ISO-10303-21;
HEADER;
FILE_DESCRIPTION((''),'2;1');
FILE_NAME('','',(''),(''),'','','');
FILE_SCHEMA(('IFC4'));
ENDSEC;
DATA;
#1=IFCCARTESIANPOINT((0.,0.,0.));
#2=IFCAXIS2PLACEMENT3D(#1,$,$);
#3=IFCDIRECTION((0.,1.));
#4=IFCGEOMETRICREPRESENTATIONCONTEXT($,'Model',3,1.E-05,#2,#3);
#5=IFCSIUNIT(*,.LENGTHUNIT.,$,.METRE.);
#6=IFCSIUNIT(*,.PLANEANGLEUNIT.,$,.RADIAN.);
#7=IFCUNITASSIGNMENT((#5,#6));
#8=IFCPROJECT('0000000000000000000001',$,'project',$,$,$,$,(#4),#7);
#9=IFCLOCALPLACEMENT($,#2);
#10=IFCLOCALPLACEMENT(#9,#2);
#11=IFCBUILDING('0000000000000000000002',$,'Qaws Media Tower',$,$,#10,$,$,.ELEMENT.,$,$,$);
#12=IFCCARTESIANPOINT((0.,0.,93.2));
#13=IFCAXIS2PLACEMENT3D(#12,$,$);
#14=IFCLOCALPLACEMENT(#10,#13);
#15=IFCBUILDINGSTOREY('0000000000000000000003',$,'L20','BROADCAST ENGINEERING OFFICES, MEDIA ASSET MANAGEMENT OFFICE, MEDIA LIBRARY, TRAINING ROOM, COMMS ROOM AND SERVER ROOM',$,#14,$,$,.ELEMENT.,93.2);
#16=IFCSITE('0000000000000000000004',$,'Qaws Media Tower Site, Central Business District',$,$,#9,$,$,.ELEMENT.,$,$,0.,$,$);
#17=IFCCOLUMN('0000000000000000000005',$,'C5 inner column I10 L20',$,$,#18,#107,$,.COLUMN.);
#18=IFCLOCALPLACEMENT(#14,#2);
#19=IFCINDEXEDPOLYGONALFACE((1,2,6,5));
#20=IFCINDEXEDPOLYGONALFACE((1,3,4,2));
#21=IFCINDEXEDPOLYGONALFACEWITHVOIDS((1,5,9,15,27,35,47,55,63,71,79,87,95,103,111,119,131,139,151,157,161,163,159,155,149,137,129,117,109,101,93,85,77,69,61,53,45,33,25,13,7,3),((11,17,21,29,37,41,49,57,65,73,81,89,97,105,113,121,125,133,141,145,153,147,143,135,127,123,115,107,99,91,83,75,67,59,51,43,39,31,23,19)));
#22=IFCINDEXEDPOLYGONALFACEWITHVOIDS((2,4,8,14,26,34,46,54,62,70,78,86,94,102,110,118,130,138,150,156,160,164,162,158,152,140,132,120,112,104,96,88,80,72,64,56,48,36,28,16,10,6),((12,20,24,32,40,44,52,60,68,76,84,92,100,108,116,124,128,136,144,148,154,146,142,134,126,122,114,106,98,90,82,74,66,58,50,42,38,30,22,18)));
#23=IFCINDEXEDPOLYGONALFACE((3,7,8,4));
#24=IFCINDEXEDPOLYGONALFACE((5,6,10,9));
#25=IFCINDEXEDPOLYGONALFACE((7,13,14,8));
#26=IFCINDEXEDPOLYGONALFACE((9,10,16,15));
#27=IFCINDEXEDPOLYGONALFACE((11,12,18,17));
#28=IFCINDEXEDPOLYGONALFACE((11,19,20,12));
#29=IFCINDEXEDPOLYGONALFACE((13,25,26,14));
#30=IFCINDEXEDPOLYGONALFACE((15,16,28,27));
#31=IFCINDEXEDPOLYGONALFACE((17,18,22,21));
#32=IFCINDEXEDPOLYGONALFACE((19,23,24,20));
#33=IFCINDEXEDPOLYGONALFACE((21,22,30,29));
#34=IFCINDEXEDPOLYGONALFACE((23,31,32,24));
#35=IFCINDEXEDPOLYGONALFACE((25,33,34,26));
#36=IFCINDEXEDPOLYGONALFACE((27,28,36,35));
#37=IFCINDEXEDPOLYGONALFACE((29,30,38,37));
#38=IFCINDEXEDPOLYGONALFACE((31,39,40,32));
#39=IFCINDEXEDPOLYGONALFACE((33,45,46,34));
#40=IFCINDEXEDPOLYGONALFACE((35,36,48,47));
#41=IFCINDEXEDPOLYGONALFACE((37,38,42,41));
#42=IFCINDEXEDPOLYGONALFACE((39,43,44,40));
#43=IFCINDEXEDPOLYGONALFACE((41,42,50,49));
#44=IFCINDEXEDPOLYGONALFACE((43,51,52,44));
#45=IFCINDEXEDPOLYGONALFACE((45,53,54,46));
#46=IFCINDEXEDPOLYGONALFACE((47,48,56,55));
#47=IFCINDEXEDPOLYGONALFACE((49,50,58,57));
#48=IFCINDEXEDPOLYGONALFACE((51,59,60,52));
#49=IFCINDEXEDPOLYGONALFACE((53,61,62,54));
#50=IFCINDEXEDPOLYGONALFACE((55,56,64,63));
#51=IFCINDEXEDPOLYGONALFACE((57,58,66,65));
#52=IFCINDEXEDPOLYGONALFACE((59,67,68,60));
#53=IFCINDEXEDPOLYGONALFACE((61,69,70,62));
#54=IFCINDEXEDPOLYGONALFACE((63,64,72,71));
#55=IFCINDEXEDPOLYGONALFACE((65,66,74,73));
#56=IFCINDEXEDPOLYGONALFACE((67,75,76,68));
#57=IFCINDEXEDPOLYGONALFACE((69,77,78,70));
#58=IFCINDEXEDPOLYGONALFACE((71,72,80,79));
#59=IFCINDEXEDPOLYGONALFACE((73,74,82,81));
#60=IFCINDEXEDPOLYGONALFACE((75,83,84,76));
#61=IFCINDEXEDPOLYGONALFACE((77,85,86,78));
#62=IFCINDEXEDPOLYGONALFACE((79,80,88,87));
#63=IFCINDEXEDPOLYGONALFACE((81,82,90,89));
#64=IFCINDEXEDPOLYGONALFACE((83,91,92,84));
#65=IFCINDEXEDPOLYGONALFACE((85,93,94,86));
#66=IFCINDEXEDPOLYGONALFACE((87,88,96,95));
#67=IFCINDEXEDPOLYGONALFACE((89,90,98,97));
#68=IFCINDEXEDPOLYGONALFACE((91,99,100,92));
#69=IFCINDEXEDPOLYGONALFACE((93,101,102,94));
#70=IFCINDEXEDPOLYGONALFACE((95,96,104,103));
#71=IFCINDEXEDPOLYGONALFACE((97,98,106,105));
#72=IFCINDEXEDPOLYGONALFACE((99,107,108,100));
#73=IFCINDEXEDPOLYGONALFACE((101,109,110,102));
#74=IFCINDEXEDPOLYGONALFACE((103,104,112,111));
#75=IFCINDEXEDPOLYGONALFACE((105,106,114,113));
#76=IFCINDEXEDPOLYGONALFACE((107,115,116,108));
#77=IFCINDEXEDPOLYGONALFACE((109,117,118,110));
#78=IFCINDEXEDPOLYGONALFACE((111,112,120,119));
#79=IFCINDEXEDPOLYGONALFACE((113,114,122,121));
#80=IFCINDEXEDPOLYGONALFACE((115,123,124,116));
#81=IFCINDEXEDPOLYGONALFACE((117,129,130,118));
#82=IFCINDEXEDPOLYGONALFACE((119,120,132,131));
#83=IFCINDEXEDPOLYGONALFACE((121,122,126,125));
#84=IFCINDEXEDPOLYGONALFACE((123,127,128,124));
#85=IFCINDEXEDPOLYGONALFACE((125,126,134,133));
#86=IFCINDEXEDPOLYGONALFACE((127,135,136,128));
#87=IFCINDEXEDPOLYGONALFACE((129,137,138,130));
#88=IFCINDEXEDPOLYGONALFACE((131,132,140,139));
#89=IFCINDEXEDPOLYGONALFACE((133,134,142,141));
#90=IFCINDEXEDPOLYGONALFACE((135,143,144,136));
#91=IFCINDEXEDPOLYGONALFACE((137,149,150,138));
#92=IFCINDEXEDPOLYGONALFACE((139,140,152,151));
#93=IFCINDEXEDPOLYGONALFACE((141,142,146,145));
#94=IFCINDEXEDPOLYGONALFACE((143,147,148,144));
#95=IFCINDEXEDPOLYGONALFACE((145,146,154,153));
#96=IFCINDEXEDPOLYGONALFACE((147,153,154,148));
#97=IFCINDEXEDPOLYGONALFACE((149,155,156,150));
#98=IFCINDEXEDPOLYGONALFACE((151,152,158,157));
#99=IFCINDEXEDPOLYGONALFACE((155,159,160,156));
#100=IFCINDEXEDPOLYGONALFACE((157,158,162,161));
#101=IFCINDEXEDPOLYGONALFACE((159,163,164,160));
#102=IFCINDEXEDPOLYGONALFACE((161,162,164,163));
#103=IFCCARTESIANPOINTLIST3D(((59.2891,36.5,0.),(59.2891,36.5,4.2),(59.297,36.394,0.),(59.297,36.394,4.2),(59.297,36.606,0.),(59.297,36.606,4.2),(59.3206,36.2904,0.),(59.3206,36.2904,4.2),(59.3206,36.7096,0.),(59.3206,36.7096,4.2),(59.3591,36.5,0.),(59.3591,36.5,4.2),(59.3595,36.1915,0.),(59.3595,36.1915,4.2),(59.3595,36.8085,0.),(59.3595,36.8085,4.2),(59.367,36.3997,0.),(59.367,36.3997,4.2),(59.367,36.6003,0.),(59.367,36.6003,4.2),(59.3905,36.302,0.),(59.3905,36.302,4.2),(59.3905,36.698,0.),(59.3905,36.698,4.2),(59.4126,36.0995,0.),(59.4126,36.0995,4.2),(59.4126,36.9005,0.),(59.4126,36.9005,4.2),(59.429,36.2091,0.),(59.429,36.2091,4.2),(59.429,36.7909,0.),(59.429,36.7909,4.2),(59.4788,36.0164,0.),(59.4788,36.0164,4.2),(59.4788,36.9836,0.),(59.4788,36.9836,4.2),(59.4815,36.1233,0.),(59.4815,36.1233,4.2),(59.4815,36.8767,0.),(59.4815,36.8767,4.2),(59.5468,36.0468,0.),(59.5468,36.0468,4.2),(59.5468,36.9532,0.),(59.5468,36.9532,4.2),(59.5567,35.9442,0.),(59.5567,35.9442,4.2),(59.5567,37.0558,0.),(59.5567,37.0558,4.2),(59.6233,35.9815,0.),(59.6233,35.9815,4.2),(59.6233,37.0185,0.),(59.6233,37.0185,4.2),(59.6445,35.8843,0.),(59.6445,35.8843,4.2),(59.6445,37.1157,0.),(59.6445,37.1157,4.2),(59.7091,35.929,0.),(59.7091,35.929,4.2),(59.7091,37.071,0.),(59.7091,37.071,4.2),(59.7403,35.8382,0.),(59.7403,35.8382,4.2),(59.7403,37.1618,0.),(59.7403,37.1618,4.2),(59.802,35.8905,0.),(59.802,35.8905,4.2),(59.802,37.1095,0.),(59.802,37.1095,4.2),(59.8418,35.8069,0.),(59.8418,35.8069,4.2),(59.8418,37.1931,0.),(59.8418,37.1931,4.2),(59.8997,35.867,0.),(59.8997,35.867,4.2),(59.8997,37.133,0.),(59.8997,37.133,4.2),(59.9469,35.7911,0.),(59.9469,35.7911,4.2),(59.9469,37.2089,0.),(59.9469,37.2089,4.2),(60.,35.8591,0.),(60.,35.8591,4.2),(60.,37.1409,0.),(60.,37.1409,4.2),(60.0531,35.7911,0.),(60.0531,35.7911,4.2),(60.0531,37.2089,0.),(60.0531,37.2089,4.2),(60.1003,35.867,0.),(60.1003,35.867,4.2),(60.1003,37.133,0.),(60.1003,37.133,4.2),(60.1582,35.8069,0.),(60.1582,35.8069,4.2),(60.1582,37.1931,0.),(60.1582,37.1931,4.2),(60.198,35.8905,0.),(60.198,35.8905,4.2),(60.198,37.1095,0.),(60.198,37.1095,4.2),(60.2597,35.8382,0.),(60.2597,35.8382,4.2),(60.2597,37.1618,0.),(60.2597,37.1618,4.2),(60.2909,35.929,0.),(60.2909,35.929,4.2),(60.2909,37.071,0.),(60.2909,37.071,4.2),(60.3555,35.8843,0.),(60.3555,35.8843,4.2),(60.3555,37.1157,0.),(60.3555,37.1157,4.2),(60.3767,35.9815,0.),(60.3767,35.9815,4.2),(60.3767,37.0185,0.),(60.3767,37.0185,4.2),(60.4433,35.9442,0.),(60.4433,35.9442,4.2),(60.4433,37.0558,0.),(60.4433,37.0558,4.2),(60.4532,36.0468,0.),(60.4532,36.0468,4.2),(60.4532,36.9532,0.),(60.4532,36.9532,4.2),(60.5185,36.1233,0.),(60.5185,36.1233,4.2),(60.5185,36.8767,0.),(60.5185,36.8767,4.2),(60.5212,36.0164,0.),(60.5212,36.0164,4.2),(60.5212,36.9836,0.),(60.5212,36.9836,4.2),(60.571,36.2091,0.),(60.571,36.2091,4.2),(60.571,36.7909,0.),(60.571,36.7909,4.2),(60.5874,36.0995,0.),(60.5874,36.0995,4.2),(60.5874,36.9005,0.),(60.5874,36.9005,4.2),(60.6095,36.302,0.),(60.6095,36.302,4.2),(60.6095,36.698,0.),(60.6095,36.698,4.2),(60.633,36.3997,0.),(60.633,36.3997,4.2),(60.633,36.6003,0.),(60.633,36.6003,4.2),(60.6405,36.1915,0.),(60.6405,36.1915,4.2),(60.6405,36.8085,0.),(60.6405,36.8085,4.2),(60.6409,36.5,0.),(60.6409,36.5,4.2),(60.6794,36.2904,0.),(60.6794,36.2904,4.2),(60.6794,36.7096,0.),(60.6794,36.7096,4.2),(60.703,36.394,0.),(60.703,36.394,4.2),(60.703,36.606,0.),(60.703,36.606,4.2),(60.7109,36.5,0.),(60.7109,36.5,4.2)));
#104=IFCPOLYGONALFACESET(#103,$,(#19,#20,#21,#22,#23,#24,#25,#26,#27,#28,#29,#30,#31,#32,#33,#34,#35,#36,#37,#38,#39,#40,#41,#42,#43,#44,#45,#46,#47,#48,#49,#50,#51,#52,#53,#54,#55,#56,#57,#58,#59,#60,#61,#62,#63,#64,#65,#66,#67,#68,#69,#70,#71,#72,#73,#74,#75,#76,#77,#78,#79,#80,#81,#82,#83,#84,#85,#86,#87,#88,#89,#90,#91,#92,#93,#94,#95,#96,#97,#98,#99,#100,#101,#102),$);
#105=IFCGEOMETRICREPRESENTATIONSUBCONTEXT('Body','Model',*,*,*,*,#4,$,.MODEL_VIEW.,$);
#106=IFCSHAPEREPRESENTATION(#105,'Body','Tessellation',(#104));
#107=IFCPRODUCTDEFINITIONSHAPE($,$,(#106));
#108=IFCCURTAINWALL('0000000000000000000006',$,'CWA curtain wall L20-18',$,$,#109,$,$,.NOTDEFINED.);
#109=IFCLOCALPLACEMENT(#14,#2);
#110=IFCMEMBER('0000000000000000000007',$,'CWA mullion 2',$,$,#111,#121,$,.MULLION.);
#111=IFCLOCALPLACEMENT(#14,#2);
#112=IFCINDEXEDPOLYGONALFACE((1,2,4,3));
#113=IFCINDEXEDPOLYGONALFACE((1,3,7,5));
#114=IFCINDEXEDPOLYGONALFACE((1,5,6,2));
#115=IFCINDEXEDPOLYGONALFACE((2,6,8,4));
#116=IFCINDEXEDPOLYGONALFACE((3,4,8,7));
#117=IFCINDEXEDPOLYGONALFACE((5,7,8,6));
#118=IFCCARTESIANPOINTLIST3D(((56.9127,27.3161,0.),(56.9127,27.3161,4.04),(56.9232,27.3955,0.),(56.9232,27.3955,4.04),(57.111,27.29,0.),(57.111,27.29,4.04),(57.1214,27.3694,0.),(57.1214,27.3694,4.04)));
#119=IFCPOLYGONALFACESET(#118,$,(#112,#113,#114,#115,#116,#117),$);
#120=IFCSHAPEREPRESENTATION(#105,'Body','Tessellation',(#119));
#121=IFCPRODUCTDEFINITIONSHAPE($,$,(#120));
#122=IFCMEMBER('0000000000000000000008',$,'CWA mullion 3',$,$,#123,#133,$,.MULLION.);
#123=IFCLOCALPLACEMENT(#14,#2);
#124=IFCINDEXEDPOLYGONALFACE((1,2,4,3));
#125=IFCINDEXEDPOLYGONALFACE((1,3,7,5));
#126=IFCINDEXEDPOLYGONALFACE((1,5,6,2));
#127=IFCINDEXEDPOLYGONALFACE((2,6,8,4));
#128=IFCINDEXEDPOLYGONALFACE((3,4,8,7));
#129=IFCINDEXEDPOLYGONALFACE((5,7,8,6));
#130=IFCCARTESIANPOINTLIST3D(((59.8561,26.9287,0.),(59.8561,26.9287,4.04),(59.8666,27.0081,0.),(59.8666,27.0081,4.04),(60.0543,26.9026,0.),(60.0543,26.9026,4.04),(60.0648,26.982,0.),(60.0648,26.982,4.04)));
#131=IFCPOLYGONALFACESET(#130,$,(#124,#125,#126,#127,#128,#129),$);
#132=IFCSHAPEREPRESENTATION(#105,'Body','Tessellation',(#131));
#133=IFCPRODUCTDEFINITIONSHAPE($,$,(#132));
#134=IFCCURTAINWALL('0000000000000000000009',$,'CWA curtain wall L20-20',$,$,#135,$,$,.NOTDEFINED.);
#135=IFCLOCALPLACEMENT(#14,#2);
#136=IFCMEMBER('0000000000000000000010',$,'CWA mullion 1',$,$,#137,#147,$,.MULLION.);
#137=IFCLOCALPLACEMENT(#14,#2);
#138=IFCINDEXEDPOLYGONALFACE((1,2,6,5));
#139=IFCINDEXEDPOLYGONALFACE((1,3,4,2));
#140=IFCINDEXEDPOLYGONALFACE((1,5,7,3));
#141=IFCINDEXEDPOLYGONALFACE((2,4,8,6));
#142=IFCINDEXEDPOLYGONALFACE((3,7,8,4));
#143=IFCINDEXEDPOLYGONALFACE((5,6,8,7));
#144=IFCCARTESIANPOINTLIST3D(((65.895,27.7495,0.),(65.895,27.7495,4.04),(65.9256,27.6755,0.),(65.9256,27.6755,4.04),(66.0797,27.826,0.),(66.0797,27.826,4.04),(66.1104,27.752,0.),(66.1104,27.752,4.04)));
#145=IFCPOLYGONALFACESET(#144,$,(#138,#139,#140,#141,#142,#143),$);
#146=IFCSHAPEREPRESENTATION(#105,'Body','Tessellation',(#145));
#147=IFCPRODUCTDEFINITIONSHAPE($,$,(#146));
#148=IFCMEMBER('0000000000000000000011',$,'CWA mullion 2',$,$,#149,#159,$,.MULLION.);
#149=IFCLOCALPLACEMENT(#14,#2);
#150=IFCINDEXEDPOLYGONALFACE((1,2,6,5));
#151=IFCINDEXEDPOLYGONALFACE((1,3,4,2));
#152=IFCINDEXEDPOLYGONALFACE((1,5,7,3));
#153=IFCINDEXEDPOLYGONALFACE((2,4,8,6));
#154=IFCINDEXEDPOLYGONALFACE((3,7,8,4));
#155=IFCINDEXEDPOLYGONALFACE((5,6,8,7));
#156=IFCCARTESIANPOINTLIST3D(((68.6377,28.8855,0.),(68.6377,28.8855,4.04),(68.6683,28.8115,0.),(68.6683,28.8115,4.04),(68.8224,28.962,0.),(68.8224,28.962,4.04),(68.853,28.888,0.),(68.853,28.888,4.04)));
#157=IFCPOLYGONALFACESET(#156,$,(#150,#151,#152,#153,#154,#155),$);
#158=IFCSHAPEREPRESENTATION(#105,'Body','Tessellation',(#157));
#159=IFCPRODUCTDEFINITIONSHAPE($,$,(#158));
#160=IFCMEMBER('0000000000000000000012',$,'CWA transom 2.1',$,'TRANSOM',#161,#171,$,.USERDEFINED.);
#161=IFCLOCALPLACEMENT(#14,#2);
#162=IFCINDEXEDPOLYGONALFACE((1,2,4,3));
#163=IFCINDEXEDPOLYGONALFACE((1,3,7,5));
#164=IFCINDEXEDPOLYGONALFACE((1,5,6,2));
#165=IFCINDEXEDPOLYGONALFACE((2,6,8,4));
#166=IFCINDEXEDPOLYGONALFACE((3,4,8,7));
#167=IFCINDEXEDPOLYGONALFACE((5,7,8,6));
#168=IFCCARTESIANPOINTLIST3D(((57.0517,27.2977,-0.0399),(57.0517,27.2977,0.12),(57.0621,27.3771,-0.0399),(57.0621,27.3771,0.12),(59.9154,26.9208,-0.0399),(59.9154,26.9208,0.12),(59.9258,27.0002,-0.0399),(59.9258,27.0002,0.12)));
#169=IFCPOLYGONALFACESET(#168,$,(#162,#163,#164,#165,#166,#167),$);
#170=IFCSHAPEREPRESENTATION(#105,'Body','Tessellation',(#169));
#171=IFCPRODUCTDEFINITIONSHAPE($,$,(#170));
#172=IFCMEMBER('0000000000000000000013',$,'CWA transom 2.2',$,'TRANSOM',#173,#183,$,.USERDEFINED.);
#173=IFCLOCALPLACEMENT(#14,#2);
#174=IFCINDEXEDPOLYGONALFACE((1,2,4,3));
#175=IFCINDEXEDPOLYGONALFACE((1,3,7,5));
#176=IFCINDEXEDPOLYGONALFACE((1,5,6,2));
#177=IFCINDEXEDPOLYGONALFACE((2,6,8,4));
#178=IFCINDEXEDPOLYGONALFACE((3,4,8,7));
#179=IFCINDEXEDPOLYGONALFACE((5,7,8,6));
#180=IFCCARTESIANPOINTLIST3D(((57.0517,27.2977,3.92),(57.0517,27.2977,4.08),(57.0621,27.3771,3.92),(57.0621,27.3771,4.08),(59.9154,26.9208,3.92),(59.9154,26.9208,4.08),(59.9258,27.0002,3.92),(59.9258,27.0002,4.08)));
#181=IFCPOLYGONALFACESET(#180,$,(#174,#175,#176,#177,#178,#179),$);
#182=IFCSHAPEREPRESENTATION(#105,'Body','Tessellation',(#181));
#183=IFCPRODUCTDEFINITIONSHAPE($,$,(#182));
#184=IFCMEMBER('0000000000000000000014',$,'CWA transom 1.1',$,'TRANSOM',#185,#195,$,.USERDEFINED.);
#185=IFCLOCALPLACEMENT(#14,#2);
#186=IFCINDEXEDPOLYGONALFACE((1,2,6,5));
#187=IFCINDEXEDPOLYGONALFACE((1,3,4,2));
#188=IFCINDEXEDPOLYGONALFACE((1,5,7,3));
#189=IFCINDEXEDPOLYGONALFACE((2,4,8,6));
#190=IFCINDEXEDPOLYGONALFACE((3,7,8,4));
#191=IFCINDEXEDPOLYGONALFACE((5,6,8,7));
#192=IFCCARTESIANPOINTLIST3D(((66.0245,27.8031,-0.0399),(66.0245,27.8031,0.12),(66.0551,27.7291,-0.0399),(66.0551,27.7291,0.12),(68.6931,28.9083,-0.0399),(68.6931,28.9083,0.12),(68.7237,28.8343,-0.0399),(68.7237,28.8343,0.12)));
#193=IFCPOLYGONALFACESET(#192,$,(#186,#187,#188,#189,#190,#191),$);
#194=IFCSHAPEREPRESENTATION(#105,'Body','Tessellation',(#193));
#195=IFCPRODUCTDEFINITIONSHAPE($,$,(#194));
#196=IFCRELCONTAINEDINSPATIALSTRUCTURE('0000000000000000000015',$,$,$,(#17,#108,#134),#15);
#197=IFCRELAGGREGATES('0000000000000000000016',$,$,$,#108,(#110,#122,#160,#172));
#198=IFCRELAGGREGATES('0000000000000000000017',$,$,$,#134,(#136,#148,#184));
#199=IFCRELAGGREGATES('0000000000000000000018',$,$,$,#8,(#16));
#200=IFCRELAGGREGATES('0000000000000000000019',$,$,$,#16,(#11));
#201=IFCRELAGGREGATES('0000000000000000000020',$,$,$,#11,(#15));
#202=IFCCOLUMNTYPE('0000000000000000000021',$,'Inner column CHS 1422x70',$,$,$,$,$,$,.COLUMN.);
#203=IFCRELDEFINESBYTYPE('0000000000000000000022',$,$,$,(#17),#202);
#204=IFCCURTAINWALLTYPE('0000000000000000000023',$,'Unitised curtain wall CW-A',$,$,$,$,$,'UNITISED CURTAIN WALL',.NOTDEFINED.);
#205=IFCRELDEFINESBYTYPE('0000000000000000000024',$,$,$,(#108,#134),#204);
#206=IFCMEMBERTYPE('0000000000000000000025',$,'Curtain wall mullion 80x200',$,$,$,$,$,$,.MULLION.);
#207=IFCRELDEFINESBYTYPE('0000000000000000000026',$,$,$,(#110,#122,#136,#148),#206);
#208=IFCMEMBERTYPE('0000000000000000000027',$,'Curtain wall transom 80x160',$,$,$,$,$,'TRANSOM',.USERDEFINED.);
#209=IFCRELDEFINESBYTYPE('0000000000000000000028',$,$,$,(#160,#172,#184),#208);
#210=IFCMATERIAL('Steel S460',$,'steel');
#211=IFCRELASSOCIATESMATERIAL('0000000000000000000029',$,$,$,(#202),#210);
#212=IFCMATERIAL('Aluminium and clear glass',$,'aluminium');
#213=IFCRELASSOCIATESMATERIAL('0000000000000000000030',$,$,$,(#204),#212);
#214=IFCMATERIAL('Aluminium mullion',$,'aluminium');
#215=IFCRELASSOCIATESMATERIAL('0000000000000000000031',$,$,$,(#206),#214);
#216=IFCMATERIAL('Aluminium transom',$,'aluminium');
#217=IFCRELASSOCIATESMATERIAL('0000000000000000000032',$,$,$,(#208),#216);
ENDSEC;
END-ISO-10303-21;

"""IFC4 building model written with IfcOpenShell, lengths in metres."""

from ifc_helpers import new_model, si_unit, direction, frame, origin, origin_2d, place, context, subcontext, project, spatial, rectangle, hollow_circle, extrude, material, material_profile, profile_set, type_object, element, aggregate, save


model = new_model("IFC4")

# Units and contexts
model_context = context("Model", 3, precision=1e-05, world=origin(), true_north=direction((0.0, 1.0)))
body_context = subcontext(model_context, "Body", "Model", "MODEL_VIEW")
ifc_project = project(units=[si_unit("LENGTHUNIT", "METRE"), si_unit("PLANEANGLEUNIT", "RADIAN")], contexts=[model_context])

# Site, building, storey
site_placement = place(None, origin())
site = spatial("IfcSite", under=ifc_project, at=site_placement, Name="Qaws Media Tower Site, Central Business District", CompositionType="ELEMENT", RefElevation=0.0)
building_placement = place(site_placement, origin())
building = spatial("IfcBuilding", under=site, at=building_placement, Name="Qaws Media Tower", CompositionType="ELEMENT")
storey_placement = place(building_placement, frame((0.0, 0.0, 93.2)))
storey = spatial("IfcBuildingStorey", under=building, at=storey_placement, Name="L20", Description="BROADCAST ENGINEERING OFFICES, MEDIA ASSET MANAGEMENT OFFICE, MEDIA LIBRARY, TRAINING ROOM, COMMS ROOM AND SERVER ROOM", CompositionType="ELEMENT", Elevation=93.2)

# Column
ifc_material_1 = material(Name="Steel S460", Category="steel")
ifc_material_profile_1 = material_profile(ifc_material_1, hollow_circle(Radius=0.7109, WallThickness=0.0701, at=origin_2d()), Name="CHS 1422x70")
ifc_profile_set_1 = profile_set([ifc_material_profile_1], Name="Steel S460")
column_type = type_object("IfcColumnType", Name="Inner column CHS 1422x70", PredefinedType="COLUMN", material=ifc_profile_set_1)
column_placement = place(storey_placement, frame((60.0, 36.5, 0.0), z_axis=(0.0, 0.0, 1.0), x_axis=(1.0, 0.0, 0.0)))
element("IfcColumn", 1, at=column_placement, inside=storey, type_object=column_type, Name="C5 inner column I10 L20", PredefinedType="COLUMN", context=body_context, shape_type="SweptSolid", body=[
    extrude(hollow_circle(Radius=0.7109, WallThickness=0.0701, at=origin_2d()), origin(), (0.0, 0.0, 1.0), 4.2),
])

# Curtain walls, members
ifc_material_2 = material(Name="Aluminium and clear glass", Category="aluminium")
curtain_wall_type = type_object("IfcCurtainWallType", Name="Unitised curtain wall CW-A", ElementType="UNITISED CURTAIN WALL", PredefinedType="NOTDEFINED", material=ifc_material_2)
curtain_wall_1_placement = place(storey_placement, origin())
curtain_wall_1 = element("IfcCurtainWall", 2, at=curtain_wall_1_placement, inside=storey, type_object=curtain_wall_type, Name="CWA curtain wall L20-18", PredefinedType="NOTDEFINED")
ifc_material_3 = material(Name="Aluminium mullion", Category="aluminium")
ifc_material_profile_2 = material_profile(ifc_material_3, rectangle(XDim=0.0801, YDim=0.2, at=origin_2d()), Name="80x200")
ifc_profile_set_2 = profile_set([ifc_material_profile_2], Name="Aluminium mullion")
member_type_1 = type_object("IfcMemberType", Name="Curtain wall mullion 80x200", PredefinedType="MULLION", material=ifc_profile_set_2)
member_1_placement = place(storey_placement, frame((57.0171, 27.3428, 0.0), z_axis=(0.0, 0.0, 1.0), x_axis=(0.130526, 0.991445, 0.0)))
member_1 = element("IfcMember", 3, at=member_1_placement, type_object=member_type_1, Name="CWA mullion 2", PredefinedType="MULLION", context=body_context, shape_type="SweptSolid", body=[
    extrude(rectangle(XDim=0.0801, YDim=0.2, at=origin_2d()), origin(), (0.0, 0.0, 1.0), 4.04),
])
member_2_placement = place(storey_placement, frame((59.9604, 26.9553, 0.0), z_axis=(0.0, 0.0, 1.0), x_axis=(0.130526, 0.991445, 0.0)))
member_2 = element("IfcMember", 4, at=member_2_placement, type_object=member_type_1, Name="CWA mullion 3", PredefinedType="MULLION", context=body_context, shape_type="SweptSolid", body=[
    extrude(rectangle(XDim=0.0801, YDim=0.2, at=origin_2d()), origin(), (0.0, 0.0, 1.0), 4.04),
])
curtain_wall_2_placement = place(storey_placement, origin())
curtain_wall_2 = element("IfcCurtainWall", 5, at=curtain_wall_2_placement, inside=storey, type_object=curtain_wall_type, Name="CWA curtain wall L20-20", PredefinedType="NOTDEFINED")
member_3_placement = place(storey_placement, frame((66.0027, 27.7507, 0.0), z_axis=(0.0, 0.0, 1.0), x_axis=(-0.382683, 0.92388, 0.0)))
member_3 = element("IfcMember", 6, at=member_3_placement, type_object=member_type_1, Name="CWA mullion 1", PredefinedType="MULLION", context=body_context, shape_type="SweptSolid", body=[
    extrude(rectangle(XDim=0.0801, YDim=0.2, at=origin_2d()), origin(), (0.0, 0.0, 1.0), 4.04),
])
member_4_placement = place(storey_placement, frame((68.7454, 28.8867, 0.0), z_axis=(0.0, 0.0, 1.0), x_axis=(-0.382683, 0.92388, 0.0)))
member_4 = element("IfcMember", 7, at=member_4_placement, type_object=member_type_1, Name="CWA mullion 2", PredefinedType="MULLION", context=body_context, shape_type="SweptSolid", body=[
    extrude(rectangle(XDim=0.0801, YDim=0.2, at=origin_2d()), origin(), (0.0, 0.0, 1.0), 4.04),
])

# Members
ifc_material_4 = material(Name="Aluminium transom", Category="aluminium")
ifc_material_profile_3 = material_profile(ifc_material_4, rectangle(XDim=0.0801, YDim=0.1599, at=origin_2d()), Name="80x160")
ifc_profile_set_3 = profile_set([ifc_material_profile_3], Name="Aluminium transom")
member_type_2 = type_object("IfcMemberType", Name="Curtain wall transom 80x160", ElementType="TRANSOM", PredefinedType="USERDEFINED", material=ifc_profile_set_3)
member_5_placement = place(storey_placement, frame((57.0569, 27.3374, 0.04), z_axis=(0.991448, -0.130503, 0.0), x_axis=(0.130503, 0.991448, 0.0)))
member_5 = element("IfcMember", 8, at=member_5_placement, type_object=member_type_2, Name="CWA transom 2.1", ObjectType="TRANSOM", PredefinedType="USERDEFINED", context=body_context, shape_type="SweptSolid", body=[
    extrude(rectangle(XDim=0.0801, YDim=0.1599, at=origin_2d()), origin(), (0.0, 0.0, 1.0), 2.8884),
])
member_6_placement = place(storey_placement, frame((57.0569, 27.3374, 4.0), z_axis=(0.991448, -0.130503, 0.0), x_axis=(0.130503, 0.991448, 0.0)))
member_6 = element("IfcMember", 9, at=member_6_placement, type_object=member_type_2, Name="CWA transom 2.2", ObjectType="TRANSOM", PredefinedType="USERDEFINED", context=body_context, shape_type="SweptSolid", body=[
    extrude(rectangle(XDim=0.0801, YDim=0.1599, at=origin_2d()), origin(), (0.0, 0.0, 1.0), 2.8884),
])
member_7_placement = place(storey_placement, frame((66.0398, 27.7661, 0.04), z_axis=(0.923902, 0.382628, 0.0), x_axis=(-0.382628, 0.923902, 0.0)))
member_7 = element("IfcMember", 10, at=member_7_placement, type_object=member_type_2, Name="CWA transom 1.1", ObjectType="TRANSOM", PredefinedType="USERDEFINED", context=body_context, shape_type="SweptSolid", body=[
    extrude(rectangle(XDim=0.0801, YDim=0.1599, at=origin_2d()), origin(), (0.0, 0.0, 1.0), 2.8884),
])

aggregate(curtain_wall_1, [member_1, member_2, member_5, member_6])
aggregate(curtain_wall_2, [member_3, member_4, member_7])

save(model, "model.ifc")
